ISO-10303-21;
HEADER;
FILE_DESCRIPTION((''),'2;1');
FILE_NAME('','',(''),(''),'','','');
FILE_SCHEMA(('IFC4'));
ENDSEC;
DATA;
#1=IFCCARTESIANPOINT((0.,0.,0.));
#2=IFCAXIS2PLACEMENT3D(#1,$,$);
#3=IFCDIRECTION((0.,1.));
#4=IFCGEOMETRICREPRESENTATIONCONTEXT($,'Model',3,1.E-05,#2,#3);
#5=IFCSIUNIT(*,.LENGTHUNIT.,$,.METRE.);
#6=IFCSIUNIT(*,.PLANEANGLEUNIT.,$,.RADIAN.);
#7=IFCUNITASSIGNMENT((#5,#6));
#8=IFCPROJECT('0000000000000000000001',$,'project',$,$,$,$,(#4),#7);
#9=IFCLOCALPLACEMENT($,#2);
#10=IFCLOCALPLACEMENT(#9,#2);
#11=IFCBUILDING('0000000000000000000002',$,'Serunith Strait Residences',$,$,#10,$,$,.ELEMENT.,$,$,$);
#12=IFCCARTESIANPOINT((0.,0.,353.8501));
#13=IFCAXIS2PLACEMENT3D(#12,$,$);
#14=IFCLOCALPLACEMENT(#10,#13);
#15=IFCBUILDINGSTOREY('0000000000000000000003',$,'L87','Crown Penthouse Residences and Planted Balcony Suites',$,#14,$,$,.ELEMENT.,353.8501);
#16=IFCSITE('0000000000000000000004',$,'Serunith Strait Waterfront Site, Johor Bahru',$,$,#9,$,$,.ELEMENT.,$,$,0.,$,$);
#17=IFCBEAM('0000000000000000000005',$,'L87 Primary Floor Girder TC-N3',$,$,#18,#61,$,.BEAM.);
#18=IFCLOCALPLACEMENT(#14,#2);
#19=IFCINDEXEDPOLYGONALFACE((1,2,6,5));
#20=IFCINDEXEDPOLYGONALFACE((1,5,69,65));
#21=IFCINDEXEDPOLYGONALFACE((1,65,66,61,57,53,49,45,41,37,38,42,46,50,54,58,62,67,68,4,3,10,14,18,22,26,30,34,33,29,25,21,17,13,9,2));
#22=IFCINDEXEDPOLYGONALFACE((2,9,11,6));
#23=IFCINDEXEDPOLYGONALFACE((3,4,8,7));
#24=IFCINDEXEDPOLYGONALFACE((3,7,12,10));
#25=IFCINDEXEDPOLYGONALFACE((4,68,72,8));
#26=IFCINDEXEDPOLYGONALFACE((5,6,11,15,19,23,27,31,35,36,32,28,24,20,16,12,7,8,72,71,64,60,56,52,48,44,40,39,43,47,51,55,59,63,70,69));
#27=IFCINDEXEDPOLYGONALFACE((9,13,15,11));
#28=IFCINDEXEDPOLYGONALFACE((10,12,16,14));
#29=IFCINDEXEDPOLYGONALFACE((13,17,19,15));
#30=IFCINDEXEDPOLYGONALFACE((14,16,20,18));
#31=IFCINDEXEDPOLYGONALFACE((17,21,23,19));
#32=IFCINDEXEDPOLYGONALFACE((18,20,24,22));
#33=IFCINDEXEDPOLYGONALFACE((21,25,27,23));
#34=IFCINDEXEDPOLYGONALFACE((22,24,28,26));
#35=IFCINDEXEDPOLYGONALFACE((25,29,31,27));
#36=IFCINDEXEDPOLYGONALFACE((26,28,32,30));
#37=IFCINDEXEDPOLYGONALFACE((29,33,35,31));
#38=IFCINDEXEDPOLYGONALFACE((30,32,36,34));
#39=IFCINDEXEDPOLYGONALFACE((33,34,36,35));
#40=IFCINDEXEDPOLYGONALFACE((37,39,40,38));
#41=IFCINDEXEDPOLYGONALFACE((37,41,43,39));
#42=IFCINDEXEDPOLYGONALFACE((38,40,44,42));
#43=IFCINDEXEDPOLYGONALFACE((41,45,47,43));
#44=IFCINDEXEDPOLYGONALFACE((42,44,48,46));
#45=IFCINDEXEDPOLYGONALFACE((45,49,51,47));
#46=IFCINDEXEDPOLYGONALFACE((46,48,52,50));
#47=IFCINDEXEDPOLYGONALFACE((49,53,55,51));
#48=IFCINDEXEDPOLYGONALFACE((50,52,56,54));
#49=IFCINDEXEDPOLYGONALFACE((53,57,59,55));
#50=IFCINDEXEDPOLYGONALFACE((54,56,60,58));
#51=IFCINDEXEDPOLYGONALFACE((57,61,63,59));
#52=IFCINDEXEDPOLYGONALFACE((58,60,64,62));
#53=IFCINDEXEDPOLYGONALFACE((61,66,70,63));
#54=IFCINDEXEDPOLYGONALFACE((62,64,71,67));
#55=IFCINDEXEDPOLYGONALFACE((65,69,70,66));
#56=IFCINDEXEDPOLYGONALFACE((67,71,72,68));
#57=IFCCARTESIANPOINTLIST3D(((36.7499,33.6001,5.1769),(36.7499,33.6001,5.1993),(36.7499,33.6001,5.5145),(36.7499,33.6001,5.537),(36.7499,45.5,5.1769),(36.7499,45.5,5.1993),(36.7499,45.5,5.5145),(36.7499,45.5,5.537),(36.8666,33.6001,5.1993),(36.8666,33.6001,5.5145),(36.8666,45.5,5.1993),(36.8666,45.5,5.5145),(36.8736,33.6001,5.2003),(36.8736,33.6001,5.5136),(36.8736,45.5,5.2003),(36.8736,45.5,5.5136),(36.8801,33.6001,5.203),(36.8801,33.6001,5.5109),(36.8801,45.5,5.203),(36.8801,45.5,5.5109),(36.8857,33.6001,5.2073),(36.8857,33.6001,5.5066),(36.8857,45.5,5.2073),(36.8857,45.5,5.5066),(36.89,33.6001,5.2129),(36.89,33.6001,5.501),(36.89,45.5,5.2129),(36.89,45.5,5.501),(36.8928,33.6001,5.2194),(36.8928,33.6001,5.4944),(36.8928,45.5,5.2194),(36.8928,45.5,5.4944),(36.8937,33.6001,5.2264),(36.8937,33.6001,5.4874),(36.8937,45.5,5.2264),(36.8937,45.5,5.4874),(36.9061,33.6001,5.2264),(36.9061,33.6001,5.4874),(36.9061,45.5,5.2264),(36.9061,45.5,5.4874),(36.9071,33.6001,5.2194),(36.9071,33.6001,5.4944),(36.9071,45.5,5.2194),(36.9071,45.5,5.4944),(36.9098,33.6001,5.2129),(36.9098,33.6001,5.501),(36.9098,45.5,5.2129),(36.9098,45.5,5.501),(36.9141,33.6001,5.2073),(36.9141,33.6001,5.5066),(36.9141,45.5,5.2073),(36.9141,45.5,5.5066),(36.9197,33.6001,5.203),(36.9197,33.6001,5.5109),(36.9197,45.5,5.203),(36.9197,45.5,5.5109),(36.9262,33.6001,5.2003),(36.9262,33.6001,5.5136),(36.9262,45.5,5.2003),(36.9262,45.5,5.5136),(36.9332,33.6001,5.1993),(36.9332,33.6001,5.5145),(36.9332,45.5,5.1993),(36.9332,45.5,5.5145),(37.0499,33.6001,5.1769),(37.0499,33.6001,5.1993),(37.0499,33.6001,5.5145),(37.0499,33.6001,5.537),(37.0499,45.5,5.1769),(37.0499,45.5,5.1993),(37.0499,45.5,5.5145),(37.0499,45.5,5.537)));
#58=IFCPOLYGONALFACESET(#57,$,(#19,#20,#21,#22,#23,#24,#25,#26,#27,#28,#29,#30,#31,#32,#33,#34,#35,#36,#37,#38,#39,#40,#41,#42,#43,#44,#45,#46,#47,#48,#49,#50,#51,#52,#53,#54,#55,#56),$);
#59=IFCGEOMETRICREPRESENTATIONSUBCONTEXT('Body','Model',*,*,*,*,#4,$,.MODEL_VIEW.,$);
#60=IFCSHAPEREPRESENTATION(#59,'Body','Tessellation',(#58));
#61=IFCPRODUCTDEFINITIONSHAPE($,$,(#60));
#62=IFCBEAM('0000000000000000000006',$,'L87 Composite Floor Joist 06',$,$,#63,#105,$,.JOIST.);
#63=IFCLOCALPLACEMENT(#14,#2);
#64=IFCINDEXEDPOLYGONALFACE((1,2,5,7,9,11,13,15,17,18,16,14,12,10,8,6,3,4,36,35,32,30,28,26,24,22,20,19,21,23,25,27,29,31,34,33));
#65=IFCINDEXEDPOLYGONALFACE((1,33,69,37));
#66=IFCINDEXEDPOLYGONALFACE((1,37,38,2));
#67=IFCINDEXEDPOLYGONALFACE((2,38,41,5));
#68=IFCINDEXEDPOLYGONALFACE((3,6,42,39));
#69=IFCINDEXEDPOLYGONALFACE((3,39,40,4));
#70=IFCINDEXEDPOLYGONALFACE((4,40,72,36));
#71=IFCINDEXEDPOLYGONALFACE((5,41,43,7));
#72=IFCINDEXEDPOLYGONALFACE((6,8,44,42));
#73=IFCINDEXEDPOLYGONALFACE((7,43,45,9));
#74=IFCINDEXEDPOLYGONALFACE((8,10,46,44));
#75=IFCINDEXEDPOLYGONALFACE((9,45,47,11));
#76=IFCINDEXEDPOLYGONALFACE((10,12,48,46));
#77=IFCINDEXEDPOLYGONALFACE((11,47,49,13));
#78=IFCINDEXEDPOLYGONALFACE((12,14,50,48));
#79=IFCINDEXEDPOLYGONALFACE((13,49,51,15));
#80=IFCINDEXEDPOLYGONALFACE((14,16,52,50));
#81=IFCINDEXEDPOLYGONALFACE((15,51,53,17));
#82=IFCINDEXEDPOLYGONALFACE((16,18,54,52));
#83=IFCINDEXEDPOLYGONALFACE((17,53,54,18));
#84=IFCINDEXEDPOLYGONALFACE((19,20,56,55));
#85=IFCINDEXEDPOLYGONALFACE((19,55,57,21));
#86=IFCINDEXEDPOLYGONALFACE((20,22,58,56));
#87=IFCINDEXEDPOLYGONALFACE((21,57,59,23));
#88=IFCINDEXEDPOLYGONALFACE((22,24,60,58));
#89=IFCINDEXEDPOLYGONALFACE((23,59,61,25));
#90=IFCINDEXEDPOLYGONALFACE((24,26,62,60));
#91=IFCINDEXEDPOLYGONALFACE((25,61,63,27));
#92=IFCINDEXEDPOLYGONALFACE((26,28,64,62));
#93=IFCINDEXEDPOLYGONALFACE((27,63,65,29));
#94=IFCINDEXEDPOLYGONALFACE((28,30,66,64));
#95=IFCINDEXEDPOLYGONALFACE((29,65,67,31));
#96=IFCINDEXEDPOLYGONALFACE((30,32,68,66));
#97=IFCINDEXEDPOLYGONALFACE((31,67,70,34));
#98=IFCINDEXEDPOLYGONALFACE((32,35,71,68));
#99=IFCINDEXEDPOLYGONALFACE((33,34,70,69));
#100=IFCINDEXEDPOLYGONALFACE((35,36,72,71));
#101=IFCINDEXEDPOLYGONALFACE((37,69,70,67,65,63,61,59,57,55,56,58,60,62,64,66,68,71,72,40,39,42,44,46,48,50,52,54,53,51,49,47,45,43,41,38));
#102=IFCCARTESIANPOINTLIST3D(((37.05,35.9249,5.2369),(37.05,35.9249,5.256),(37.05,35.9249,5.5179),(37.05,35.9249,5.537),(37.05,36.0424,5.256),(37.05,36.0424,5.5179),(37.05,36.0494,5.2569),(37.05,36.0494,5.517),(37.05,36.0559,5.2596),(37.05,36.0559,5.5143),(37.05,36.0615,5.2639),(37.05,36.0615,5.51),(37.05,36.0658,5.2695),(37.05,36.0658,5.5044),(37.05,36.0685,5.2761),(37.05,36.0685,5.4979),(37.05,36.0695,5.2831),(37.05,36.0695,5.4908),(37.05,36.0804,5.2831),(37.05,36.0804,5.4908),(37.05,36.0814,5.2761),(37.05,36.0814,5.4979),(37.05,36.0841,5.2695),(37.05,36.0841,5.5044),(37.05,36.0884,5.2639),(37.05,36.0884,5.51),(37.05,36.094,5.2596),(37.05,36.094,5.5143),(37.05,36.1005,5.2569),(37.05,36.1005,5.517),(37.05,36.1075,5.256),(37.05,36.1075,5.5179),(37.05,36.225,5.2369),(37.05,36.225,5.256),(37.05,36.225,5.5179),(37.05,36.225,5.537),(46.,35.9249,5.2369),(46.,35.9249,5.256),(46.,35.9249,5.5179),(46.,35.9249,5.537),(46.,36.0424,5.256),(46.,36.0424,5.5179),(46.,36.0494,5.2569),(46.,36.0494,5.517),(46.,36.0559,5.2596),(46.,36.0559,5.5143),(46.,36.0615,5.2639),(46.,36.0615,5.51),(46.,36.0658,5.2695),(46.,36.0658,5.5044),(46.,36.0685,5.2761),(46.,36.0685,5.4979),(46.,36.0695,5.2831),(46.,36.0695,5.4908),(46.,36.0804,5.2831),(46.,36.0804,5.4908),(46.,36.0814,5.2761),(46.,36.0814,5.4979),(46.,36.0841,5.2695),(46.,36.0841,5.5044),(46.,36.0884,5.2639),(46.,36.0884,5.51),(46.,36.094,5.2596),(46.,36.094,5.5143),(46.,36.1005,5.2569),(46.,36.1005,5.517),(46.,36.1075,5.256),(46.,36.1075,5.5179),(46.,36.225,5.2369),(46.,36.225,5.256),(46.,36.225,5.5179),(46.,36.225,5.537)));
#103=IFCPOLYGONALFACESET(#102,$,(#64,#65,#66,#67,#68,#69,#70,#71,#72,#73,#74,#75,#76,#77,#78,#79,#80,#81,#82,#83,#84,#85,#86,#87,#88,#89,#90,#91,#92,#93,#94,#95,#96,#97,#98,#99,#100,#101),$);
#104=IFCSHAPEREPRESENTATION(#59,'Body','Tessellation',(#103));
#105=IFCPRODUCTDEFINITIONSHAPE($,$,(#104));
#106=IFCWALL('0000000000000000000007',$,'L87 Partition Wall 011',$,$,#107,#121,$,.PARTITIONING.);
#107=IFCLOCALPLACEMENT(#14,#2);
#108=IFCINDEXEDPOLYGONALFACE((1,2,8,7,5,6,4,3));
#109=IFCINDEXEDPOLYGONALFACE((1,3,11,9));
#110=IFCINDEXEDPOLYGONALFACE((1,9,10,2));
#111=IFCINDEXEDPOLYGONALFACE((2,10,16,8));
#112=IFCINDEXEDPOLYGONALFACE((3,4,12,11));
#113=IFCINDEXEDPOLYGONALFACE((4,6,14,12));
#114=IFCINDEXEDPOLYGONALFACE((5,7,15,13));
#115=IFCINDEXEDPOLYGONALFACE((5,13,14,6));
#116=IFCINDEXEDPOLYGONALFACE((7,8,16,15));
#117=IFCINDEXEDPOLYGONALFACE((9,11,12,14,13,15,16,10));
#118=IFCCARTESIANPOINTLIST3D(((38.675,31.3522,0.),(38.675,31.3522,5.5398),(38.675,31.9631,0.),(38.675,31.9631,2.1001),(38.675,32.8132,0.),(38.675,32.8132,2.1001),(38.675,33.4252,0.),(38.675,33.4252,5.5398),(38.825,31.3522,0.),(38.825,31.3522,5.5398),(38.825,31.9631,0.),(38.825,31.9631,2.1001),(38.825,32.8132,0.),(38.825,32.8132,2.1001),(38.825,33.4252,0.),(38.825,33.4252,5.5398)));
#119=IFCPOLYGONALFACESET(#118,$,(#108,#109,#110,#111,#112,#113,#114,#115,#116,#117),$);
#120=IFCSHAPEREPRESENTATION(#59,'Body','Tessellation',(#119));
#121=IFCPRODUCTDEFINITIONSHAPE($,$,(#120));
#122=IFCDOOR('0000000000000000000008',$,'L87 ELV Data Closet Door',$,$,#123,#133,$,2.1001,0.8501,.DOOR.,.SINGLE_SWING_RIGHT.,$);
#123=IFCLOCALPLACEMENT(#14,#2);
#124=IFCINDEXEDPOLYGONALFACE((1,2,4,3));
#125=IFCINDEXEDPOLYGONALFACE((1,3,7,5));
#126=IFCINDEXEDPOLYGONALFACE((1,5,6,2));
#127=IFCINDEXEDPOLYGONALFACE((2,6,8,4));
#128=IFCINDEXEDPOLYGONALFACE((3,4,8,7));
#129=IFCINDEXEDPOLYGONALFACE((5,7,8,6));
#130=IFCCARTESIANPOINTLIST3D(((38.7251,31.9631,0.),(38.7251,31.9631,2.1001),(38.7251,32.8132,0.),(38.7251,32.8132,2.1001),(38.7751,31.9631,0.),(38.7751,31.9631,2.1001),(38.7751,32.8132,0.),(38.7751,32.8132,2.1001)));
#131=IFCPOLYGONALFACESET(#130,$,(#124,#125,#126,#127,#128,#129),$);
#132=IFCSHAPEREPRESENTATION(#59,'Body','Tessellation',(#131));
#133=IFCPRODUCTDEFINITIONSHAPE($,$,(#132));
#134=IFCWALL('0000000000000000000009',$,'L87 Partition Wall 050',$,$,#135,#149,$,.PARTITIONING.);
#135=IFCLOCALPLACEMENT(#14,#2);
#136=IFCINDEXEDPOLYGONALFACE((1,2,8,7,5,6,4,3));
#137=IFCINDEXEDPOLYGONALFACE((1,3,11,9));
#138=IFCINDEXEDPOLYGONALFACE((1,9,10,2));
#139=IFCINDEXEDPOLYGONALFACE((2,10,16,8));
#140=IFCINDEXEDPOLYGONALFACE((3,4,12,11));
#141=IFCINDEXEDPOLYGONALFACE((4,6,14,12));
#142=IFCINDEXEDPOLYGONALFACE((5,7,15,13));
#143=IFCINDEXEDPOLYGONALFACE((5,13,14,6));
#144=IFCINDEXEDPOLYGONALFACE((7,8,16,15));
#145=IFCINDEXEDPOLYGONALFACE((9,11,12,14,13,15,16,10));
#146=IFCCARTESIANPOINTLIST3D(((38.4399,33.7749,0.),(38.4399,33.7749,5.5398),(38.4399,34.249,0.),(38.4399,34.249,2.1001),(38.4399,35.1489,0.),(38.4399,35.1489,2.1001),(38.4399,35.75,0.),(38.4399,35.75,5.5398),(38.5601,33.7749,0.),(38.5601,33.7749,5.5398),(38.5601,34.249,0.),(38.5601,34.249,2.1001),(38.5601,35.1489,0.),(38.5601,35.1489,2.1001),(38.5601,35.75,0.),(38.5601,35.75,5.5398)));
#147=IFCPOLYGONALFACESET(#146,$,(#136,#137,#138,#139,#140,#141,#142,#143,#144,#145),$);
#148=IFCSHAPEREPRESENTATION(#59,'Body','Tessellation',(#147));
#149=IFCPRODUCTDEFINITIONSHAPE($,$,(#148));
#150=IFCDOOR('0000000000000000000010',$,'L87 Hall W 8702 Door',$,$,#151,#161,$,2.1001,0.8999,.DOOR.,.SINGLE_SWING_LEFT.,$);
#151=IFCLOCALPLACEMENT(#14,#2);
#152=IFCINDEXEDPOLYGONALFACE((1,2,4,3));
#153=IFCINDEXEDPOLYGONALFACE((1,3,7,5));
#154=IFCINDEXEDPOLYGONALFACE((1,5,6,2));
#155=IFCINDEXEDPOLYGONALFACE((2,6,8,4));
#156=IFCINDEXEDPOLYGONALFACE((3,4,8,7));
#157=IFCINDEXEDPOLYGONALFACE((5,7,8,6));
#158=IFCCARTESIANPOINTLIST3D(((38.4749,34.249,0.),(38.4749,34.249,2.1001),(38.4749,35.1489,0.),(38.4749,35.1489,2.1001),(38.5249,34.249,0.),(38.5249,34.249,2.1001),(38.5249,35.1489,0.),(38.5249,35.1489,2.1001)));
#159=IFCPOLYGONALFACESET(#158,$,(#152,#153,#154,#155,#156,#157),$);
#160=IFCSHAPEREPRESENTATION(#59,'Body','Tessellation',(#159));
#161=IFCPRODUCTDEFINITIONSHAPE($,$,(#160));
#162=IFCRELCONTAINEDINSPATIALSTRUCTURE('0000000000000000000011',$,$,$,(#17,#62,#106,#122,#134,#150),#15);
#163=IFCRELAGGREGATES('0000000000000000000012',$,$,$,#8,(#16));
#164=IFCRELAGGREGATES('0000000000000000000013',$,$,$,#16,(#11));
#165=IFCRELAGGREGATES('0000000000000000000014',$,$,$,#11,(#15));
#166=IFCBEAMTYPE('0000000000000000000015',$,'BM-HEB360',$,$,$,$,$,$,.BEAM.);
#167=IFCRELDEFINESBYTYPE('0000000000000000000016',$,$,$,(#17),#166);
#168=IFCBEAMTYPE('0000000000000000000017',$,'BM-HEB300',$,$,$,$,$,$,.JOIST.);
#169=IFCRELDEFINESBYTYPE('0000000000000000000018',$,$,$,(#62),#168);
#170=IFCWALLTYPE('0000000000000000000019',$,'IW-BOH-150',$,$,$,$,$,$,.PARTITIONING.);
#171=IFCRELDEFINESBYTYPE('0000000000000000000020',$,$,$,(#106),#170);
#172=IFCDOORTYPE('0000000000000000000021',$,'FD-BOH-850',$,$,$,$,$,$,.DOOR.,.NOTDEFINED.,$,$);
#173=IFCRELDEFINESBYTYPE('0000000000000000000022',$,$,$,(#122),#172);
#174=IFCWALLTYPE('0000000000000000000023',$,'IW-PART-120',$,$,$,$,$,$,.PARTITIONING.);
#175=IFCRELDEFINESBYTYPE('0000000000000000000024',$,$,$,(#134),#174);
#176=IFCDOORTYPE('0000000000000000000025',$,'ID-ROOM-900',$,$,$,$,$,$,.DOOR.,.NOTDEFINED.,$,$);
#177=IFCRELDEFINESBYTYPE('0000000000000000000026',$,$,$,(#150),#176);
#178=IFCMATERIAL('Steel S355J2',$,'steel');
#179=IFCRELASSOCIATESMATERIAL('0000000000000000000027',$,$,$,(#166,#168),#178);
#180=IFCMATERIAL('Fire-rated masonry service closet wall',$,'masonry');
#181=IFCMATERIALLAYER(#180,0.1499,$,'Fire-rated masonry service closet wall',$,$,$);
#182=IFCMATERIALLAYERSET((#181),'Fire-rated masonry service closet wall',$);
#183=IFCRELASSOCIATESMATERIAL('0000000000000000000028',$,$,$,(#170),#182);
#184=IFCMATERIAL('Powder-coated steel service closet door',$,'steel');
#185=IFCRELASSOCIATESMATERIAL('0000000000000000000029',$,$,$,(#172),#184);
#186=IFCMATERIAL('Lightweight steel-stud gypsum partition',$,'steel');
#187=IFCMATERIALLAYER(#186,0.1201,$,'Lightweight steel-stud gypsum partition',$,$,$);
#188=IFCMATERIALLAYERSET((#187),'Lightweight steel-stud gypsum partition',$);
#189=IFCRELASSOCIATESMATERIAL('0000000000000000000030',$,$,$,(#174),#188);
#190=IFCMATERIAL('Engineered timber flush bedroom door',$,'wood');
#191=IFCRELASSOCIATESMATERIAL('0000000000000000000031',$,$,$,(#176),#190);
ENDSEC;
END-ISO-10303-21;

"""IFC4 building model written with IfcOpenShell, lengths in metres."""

from ifc_helpers import new_model, si_unit, direction, frame, frame_2d, origin, origin_2d, place, context, subcontext, project, spatial, rectangle, i_section, extrude, source, transform, mapped, material, layer, layer_set, material_profile, profile_set, type_object, element, fill, save


model = new_model("IFC4")

# Units and contexts
model_context = context("Model", 3, precision=1e-05, world=origin(), true_north=direction((0.0, 1.0)))
body_context = subcontext(model_context, "Body", "Model", "MODEL_VIEW")
ifc_project = project(units=[si_unit("LENGTHUNIT", "METRE"), si_unit("PLANEANGLEUNIT", "RADIAN")], contexts=[model_context])

# Site, building, storey
site_placement = place(None, origin())
site = spatial("IfcSite", under=ifc_project, at=site_placement, Name="Serunith Strait Waterfront Site, Johor Bahru", CompositionType="ELEMENT", RefElevation=0.0)
building_placement = place(site_placement, origin())
building = spatial("IfcBuilding", under=site, at=building_placement, Name="Serunith Strait Residences", CompositionType="ELEMENT")
storey_placement = place(building_placement, frame((0.0, 0.0, 353.8501)))
storey = spatial("IfcBuildingStorey", under=building, at=storey_placement, Name="L87", Description="Crown Penthouse Residences and Planted Balcony Suites", CompositionType="ELEMENT", Elevation=353.8501)

# Beams
ifc_material_1 = material(Name="Steel S355J2", Category="steel")
ifc_material_profile_1 = material_profile(ifc_material_1, i_section(OverallWidth=0.3, OverallDepth=0.3601, WebThickness=0.0125, FlangeThickness=0.0225, FilletRadius=0.0271, at=origin_2d()), Name="HEB 360")
ifc_profile_set_1 = profile_set([ifc_material_profile_1], Name="Steel S355J2")
beam_type_1 = type_object("IfcBeamType", Name="BM-HEB360", PredefinedType="BEAM", material=ifc_profile_set_1)
shared_shape_1 = source(origin(), body_context, "Body", "SweptSolid", [
    extrude(i_section(OverallWidth=0.3, OverallDepth=0.3601, WebThickness=0.0125, FlangeThickness=0.0225, FilletRadius=0.0271, at=origin_2d()), origin(), (0.0, 0.0, 1.0), 11.8999),
])
beam_1_placement = place(storey_placement, frame((36.8999, 33.6001, 5.3569), z_axis=(0.0, 1.0, 0.0), x_axis=(-1.0, 0.0, 0.0)))
element("IfcBeam", 1, at=beam_1_placement, inside=storey, type_object=beam_type_1, Name="L87 Primary Floor Girder TC-N3", PredefinedType="BEAM", context=body_context, shape_type="MappedRepresentation", body=[
    mapped(shared_shape_1, transform((0.0, 0.0, 0.0), scale=1.0)),
])
ifc_material_profile_2 = material_profile(ifc_material_1, i_section(OverallWidth=0.3, OverallDepth=0.3, WebThickness=0.011, FlangeThickness=0.019, FilletRadius=0.0271, at=origin_2d()), Name="HEB 300")
ifc_profile_set_2 = profile_set([ifc_material_profile_2], Name="Steel S355J2")
beam_type_2 = type_object("IfcBeamType", Name="BM-HEB300", PredefinedType="JOIST", material=ifc_profile_set_2)
shared_shape_2 = source(origin(), body_context, "Body", "SweptSolid", [
    extrude(i_section(OverallWidth=0.3, OverallDepth=0.3, WebThickness=0.011, FlangeThickness=0.019, FilletRadius=0.0271, at=origin_2d()), origin(), (0.0, 0.0, 1.0), 8.95),
])
beam_2_placement = place(storey_placement, frame((37.05, 36.075, 5.387), z_axis=(1.0, 0.0, 0.0), x_axis=(0.0, 1.0, 0.0)))
element("IfcBeam", 2, at=beam_2_placement, inside=storey, type_object=beam_type_2, Name="L87 Composite Floor Joist 06", PredefinedType="JOIST", context=body_context, shape_type="MappedRepresentation", body=[
    mapped(shared_shape_2, transform((0.0, 0.0, 0.0), scale=1.0)),
])

# Walls, openings, doors
ifc_material_2 = material(Name="Fire-rated masonry service closet wall", Category="masonry")
ifc_layer_1 = layer(ifc_material_2, 0.1499, Name="Fire-rated masonry service closet wall")
ifc_layer_set_1 = layer_set([ifc_layer_1], Name="Fire-rated masonry service closet wall")
wall_type_1 = type_object("IfcWallType", Name="IW-BOH-150", PredefinedType="PARTITIONING", material=ifc_layer_set_1)
wall_1_placement = place(storey_placement, frame((38.75, 31.3521, 0.0), z_axis=(0.0, 0.0, 1.0), x_axis=(0.0, 1.0, 0.0)))
wall_1 = element("IfcWall", 3, at=wall_1_placement, inside=storey, type_object=wall_type_1, Name="L87 Partition Wall 011", PredefinedType="PARTITIONING", context=body_context, shape_type="SweptSolid", body=[
    extrude(rectangle(XDim=2.073, YDim=0.1499, at=frame_2d((1.0366, 0.0))), origin(), (0.0, 0.0, 1.0), 5.5398),
])
opening_1_placement = place(wall_1_placement, frame((0.6111, 0.0, 0.0)))
opening_1 = element("IfcOpeningElement", 4, at=opening_1_placement, cuts=wall_1, PredefinedType="OPENING", context=body_context, shape_type="SweptSolid", body=[
    extrude(rectangle(XDim=0.8501, YDim=2.1001, at=frame_2d((0.425, 1.05))), frame((0.0, 0.085, 0.0), z_axis=(0.0, -1.0, 0.0), x_axis=(1.0, 0.0, 0.0)), (0.0, 0.0, 1.0), 0.1699),
])
ifc_material_3 = material(Name="Powder-coated steel service closet door", Category="steel")
door_type_1 = type_object("IfcDoorType", Name="FD-BOH-850", OperationType="NOTDEFINED", PredefinedType="DOOR", material=ifc_material_3)
shared_shape_3 = source(origin(), body_context, "Body", "SweptSolid", [
    extrude(rectangle(XDim=0.8501, YDim=2.1001, at=frame_2d((0.425, 1.05))), frame((0.0, 0.0249, 0.0), z_axis=(0.0, -1.0, 0.0), x_axis=(1.0, 0.0, 0.0)), (0.0, 0.0, 1.0), 0.05),
])
door_1_placement = place(opening_1_placement, origin())
door_1 = element("IfcDoor", 5, at=door_1_placement, inside=storey, type_object=door_type_1, Name="L87 ELV Data Closet Door", OperationType="SINGLE_SWING_RIGHT", OverallHeight=2.1001, OverallWidth=0.8501, PredefinedType="DOOR", context=body_context, shape_type="MappedRepresentation", body=[
    mapped(shared_shape_3, transform((0.0, 0.0, 0.0), scale=1.0)),
])
fill(opening_1, door_1)
ifc_material_4 = material(Name="Lightweight steel-stud gypsum partition", Category="steel")
ifc_layer_2 = layer(ifc_material_4, 0.1201, Name="Lightweight steel-stud gypsum partition")
ifc_layer_set_2 = layer_set([ifc_layer_2], Name="Lightweight steel-stud gypsum partition")
wall_type_2 = type_object("IfcWallType", Name="IW-PART-120", PredefinedType="PARTITIONING", material=ifc_layer_set_2)
wall_2_placement = place(storey_placement, frame((38.5, 35.75, 0.0), z_axis=(0.0, 0.0, 1.0), x_axis=(0.0, -1.0, 0.0)))
wall_2 = element("IfcWall", 6, at=wall_2_placement, inside=storey, type_object=wall_type_2, Name="L87 Partition Wall 050", PredefinedType="PARTITIONING", context=body_context, shape_type="SweptSolid", body=[
    extrude(rectangle(XDim=1.9751, YDim=0.1201, at=frame_2d((0.9875, 0.0))), origin(), (0.0, 0.0, 1.0), 5.5398),
])
opening_2_placement = place(wall_2_placement, frame((0.6011, 0.0, 0.0)))
opening_2 = element("IfcOpeningElement", 7, at=opening_2_placement, cuts=wall_2, PredefinedType="OPENING", context=body_context, shape_type="SweptSolid", body=[
    extrude(rectangle(XDim=0.8999, YDim=2.1001, at=frame_2d((0.45, 1.05))), frame((0.0, 0.0701, 0.0), z_axis=(0.0, -1.0, 0.0), x_axis=(1.0, 0.0, 0.0)), (0.0, 0.0, 1.0), 0.1401),
])
ifc_material_5 = material(Name="Engineered timber flush bedroom door", Category="wood")
door_type_2 = type_object("IfcDoorType", Name="ID-ROOM-900", OperationType="NOTDEFINED", PredefinedType="DOOR", material=ifc_material_5)
shared_shape_4 = source(origin(), body_context, "Body", "SweptSolid", [
    extrude(rectangle(XDim=0.8999, YDim=2.1001, at=frame_2d((0.45, 1.05))), frame((0.0, 0.0249, 0.0), z_axis=(0.0, -1.0, 0.0), x_axis=(1.0, 0.0, 0.0)), (0.0, 0.0, 1.0), 0.05),
])
door_2_placement = place(opening_2_placement, origin())
door_2 = element("IfcDoor", 8, at=door_2_placement, inside=storey, type_object=door_type_2, Name="L87 Hall W 8702 Door", OperationType="SINGLE_SWING_LEFT", OverallHeight=2.1001, OverallWidth=0.8999, PredefinedType="DOOR", context=body_context, shape_type="MappedRepresentation", body=[
    mapped(shared_shape_4, transform((0.0, 0.0, 0.0), scale=1.0)),
])
fill(opening_2, door_2)

save(model, "model.ifc")
